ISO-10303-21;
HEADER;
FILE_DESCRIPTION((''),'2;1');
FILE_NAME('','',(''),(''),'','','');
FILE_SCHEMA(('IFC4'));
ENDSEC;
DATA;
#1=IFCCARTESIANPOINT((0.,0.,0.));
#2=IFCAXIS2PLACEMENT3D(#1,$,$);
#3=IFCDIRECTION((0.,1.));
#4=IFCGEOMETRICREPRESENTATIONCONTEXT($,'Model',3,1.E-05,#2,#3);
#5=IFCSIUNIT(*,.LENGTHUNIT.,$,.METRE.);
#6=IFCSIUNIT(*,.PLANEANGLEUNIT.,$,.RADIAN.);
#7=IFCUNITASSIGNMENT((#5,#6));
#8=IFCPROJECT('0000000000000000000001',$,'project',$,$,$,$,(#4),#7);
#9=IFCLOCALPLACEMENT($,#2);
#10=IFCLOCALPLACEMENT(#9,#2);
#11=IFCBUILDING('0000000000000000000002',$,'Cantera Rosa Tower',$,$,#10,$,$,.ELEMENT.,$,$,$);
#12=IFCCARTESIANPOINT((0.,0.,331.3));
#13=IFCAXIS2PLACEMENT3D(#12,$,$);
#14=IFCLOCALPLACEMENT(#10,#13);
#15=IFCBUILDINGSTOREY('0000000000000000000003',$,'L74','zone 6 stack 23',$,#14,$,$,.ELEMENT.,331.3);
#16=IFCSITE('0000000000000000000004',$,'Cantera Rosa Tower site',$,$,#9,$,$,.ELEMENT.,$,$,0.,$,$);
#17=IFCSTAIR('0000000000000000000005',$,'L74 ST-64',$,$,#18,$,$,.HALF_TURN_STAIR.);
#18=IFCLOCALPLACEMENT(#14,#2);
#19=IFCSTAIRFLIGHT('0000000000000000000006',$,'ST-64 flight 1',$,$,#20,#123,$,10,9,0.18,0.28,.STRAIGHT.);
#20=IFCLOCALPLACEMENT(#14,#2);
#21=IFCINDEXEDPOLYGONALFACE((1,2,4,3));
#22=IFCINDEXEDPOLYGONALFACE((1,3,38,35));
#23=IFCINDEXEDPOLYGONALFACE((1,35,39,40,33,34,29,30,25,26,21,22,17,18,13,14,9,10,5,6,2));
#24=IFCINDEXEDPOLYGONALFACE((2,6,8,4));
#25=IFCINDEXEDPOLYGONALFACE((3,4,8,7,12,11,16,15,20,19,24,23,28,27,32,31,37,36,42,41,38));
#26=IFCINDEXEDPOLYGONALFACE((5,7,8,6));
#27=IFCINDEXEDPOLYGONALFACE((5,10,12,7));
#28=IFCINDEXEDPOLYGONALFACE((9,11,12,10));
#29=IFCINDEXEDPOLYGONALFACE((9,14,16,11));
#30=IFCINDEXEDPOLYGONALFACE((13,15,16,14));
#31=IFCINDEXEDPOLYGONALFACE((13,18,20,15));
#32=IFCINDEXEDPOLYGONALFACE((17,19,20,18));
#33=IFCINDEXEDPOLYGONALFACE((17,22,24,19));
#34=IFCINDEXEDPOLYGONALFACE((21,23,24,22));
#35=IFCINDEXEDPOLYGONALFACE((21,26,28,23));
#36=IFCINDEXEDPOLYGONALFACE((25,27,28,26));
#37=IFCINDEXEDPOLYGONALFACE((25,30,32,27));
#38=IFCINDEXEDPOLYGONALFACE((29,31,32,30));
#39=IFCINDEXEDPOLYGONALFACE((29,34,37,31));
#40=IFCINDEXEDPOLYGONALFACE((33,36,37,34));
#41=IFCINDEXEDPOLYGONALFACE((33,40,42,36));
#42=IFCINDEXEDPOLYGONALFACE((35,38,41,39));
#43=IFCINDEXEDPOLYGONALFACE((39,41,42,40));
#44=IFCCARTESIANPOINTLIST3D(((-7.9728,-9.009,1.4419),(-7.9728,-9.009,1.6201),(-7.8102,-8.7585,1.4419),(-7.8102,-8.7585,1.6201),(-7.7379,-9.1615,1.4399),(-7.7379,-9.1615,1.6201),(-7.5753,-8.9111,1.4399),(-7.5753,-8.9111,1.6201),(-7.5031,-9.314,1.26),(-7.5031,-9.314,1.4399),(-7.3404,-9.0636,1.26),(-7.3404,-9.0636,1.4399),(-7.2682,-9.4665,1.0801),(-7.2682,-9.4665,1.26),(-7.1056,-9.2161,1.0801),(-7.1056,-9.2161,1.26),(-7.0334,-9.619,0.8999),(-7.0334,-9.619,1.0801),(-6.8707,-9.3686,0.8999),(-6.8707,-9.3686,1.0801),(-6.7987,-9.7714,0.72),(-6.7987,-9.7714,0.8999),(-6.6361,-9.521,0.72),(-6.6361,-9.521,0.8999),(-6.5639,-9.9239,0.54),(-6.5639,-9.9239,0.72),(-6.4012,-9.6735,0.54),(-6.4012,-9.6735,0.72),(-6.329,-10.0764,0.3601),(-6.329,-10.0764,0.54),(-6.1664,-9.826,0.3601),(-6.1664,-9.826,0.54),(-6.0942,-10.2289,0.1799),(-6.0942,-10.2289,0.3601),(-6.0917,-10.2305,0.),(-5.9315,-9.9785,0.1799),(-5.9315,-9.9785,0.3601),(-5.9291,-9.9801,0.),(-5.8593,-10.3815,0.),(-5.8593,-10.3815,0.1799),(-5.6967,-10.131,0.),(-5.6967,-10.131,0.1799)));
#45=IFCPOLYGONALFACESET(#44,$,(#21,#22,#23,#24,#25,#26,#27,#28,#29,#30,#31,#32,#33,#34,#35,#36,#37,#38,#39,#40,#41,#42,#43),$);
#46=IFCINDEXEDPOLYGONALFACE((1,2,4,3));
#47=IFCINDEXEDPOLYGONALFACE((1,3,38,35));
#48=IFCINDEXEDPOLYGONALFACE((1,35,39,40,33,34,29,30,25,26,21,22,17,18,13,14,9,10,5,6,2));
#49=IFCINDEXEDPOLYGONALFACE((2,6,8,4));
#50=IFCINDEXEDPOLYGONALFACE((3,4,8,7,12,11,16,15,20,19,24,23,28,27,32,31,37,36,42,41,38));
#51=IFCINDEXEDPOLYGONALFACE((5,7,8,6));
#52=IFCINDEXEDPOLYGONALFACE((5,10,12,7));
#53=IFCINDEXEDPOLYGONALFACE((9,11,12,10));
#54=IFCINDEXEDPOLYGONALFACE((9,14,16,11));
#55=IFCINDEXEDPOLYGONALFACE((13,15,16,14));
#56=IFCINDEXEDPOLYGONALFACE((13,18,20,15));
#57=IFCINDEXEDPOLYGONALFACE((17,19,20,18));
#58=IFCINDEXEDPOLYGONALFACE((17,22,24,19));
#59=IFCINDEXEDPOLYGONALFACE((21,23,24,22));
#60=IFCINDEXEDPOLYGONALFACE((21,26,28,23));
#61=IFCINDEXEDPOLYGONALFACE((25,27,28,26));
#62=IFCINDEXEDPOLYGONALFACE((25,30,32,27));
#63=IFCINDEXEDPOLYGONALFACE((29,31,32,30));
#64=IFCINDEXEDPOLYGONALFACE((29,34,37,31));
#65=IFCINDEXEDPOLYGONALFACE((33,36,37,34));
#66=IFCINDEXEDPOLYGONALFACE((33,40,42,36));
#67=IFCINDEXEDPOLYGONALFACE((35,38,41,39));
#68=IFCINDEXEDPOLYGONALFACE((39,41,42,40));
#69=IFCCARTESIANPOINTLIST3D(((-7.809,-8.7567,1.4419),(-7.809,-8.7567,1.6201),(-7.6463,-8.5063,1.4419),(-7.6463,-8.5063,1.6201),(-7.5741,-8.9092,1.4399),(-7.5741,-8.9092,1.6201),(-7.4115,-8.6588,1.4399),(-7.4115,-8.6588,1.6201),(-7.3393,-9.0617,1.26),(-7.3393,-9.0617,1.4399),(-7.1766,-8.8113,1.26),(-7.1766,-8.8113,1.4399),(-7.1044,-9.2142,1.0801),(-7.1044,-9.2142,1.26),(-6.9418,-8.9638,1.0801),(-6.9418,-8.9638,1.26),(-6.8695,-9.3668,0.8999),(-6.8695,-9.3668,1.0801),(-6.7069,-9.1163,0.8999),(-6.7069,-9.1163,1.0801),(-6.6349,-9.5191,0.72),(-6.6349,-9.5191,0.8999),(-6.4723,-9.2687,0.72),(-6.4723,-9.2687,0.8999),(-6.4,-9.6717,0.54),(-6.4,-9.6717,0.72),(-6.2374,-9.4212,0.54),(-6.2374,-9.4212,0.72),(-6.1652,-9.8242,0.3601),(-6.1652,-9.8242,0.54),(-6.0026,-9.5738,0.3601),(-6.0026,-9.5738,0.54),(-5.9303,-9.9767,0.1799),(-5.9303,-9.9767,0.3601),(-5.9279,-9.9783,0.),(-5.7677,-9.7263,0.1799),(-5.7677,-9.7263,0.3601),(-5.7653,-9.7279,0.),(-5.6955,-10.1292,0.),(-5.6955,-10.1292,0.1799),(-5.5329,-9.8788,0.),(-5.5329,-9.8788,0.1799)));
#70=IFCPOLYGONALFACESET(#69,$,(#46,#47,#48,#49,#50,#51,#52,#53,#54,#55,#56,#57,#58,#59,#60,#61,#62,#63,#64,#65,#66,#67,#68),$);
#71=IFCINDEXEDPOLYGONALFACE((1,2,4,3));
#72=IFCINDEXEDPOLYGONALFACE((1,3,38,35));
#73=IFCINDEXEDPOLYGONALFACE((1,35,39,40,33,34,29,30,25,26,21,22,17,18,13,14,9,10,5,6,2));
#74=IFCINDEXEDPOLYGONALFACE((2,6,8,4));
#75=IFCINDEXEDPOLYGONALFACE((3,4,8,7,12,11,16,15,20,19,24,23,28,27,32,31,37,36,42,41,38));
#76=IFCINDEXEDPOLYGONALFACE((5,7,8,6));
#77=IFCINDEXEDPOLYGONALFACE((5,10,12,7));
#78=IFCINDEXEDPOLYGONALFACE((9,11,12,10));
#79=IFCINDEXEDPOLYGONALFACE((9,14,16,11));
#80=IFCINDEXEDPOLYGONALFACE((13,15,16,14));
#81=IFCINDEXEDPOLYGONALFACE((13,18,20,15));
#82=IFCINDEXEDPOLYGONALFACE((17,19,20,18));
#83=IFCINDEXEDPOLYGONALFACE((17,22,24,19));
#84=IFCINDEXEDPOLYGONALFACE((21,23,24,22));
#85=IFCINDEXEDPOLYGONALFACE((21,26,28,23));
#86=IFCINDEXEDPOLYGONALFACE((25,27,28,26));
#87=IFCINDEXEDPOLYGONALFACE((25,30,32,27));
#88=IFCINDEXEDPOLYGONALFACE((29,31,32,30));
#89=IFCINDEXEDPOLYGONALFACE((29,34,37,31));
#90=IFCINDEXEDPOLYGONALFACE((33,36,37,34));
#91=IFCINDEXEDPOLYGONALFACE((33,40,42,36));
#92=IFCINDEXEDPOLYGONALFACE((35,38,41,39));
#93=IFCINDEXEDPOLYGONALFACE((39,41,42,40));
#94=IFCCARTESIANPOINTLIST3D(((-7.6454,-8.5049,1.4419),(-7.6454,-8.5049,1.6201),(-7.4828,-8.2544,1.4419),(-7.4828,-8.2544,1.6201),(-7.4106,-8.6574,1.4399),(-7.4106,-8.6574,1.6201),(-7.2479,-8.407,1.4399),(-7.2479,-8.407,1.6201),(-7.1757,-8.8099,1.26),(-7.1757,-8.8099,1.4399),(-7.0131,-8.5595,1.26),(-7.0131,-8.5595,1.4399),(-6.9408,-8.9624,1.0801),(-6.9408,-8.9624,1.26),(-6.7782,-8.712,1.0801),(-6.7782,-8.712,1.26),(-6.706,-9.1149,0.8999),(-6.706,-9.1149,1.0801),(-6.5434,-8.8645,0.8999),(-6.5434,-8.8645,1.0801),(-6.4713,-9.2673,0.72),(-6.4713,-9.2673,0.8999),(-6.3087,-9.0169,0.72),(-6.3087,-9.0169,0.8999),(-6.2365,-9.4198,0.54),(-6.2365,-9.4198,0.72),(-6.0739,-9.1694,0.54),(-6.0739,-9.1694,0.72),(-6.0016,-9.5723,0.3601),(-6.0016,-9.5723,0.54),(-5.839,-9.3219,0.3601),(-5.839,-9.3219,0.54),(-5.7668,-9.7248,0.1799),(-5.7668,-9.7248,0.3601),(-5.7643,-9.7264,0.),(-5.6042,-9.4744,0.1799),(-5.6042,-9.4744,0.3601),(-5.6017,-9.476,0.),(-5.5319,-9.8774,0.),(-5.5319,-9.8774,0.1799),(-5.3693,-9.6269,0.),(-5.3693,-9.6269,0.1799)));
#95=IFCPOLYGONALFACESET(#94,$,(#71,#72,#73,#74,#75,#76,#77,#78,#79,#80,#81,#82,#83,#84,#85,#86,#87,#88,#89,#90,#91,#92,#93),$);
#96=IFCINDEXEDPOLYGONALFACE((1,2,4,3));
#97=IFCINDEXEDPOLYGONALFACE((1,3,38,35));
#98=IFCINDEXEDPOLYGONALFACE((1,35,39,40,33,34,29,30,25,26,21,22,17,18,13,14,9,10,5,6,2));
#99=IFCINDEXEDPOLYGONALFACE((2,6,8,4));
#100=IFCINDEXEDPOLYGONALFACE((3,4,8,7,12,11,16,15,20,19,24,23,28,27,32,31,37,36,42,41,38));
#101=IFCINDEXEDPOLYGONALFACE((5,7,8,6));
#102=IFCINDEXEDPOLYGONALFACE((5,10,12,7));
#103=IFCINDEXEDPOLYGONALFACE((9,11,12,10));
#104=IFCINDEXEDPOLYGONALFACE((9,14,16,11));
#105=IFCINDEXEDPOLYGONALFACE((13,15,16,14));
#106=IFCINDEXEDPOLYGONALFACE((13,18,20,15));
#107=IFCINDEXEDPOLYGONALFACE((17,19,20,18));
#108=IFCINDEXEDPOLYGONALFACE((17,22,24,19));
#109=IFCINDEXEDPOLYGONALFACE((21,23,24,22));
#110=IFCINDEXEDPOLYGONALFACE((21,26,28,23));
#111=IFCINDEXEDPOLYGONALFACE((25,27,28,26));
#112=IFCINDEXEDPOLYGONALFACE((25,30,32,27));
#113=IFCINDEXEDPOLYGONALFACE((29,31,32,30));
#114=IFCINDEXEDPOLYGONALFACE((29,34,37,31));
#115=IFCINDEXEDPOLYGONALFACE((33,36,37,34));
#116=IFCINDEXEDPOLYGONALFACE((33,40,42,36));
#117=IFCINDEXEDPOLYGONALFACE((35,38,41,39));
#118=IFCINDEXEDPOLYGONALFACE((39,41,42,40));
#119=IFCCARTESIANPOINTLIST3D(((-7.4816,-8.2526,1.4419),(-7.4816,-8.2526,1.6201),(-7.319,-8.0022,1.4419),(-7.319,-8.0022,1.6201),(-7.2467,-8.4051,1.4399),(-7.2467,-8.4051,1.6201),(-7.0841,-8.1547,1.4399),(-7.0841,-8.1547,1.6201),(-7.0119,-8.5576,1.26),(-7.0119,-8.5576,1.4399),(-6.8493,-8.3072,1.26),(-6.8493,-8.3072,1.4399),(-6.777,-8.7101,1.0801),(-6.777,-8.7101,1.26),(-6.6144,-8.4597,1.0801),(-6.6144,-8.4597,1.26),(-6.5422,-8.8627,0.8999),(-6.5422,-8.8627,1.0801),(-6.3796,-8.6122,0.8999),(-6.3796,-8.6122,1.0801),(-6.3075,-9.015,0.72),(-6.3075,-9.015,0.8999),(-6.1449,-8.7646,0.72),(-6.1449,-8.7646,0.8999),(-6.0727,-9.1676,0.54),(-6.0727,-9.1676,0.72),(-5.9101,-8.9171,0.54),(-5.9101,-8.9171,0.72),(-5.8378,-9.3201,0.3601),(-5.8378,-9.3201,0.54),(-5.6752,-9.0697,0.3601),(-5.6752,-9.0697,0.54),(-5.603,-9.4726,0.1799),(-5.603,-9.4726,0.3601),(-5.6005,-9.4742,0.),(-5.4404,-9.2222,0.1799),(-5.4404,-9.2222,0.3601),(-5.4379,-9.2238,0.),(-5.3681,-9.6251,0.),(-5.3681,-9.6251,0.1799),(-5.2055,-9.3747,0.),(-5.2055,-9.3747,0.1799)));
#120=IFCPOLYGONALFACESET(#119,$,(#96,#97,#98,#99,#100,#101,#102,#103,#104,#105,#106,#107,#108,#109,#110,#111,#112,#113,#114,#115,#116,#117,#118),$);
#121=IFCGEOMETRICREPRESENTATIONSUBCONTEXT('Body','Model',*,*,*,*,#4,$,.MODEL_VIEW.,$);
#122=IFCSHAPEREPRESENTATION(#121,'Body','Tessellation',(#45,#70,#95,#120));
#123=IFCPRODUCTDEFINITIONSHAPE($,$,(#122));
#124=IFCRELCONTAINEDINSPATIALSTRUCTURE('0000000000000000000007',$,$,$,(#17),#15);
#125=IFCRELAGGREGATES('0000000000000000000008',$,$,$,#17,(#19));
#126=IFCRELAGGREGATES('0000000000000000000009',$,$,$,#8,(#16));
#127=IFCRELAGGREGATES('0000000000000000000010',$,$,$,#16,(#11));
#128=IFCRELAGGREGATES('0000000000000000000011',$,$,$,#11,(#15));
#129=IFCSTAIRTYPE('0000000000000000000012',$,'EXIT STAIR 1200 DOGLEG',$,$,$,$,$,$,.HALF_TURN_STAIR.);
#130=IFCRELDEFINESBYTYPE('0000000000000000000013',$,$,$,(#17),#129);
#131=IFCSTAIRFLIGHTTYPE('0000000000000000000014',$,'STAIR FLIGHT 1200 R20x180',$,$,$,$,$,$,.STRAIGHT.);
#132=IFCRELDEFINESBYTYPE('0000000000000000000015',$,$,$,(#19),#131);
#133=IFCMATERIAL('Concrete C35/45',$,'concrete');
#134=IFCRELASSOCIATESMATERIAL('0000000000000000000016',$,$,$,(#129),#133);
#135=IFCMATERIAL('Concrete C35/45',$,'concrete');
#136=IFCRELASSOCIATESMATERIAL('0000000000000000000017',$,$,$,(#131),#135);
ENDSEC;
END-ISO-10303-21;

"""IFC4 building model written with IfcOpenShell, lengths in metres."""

from ifc_helpers import new_model, si_unit, direction, frame, origin, place, context, subcontext, project, spatial, polyline, outline, extrude, material, type_object, element, aggregate, save


model = new_model("IFC4")

# Units and contexts
model_context = context("Model", 3, precision=1e-05, world=origin(), true_north=direction((0.0, 1.0)))
body_context = subcontext(model_context, "Body", "Model", "MODEL_VIEW")
ifc_project = project(units=[si_unit("LENGTHUNIT", "METRE"), si_unit("PLANEANGLEUNIT", "RADIAN")], contexts=[model_context])

# Site, building, storey
site_placement = place(None, origin())
site = spatial("IfcSite", under=ifc_project, at=site_placement, Name="Cantera Rosa Tower site", CompositionType="ELEMENT", RefElevation=0.0)
building_placement = place(site_placement, origin())
building = spatial("IfcBuilding", under=site, at=building_placement, Name="Cantera Rosa Tower", CompositionType="ELEMENT")
storey_placement = place(building_placement, frame((0.0, 0.0, 331.3)))
storey = spatial("IfcBuildingStorey", under=building, at=storey_placement, Name="L74", Description="zone 6 stack 23", CompositionType="ELEMENT", Elevation=331.3)

# Stair, stair flight
ifc_material_1 = material(Name="Concrete C35/45", Category="concrete")
stair_type = type_object("IfcStairType", Name="EXIT STAIR 1200 DOGLEG", PredefinedType="HALF_TURN_STAIR", material=ifc_material_1)
stair_placement = place(storey_placement, origin())
stair = element("IfcStair", 1, at=stair_placement, inside=storey, type_object=stair_type, Name="L74 ST-64", PredefinedType="HALF_TURN_STAIR")
ifc_material_2 = material(Name="Concrete C35/45", Category="concrete")
stair_flight_type = type_object("IfcStairFlightType", Name="STAIR FLIGHT 1200 R20x180", PredefinedType="STRAIGHT", material=ifc_material_2)
stair_flight_1_placement = place(storey_placement, frame((-5.5325, -9.8782, 0.0), z_axis=(0.0, 0.0, 1.0), x_axis=(-0.838671, 0.544639, 0.0)))
stair_flight_1 = element("IfcStairFlight", 2, at=stair_flight_1_placement, type_object=stair_flight_type, Name="ST-64 flight 1", NumberOfRisers=10, NumberOfTreads=9, PredefinedType="STRAIGHT", RiserHeight=0.18, TreadLength=0.28, context=body_context, shape_type="SweptSolid", body=[
    extrude(outline(polyline([(0.0, 0.0), (0.0, 0.1799), (0.28, 0.1799), (0.28, 0.3601), (0.5601, 0.3601), (0.5601, 0.54), (0.8401, 0.54), (0.8401, 0.72), (1.1201, 0.72), (1.1201, 0.8999), (1.3999, 0.8999), (1.3999, 1.0801), (1.6799, 1.0801), (1.6799, 1.26), (1.96, 1.26), (1.96, 1.4399), (2.24, 1.4399), (2.24, 1.6201), (2.52, 1.6201), (2.52, 1.8), (2.52, 1.4419), (0.2771, 0.0), (0.0, 0.0)])), frame((0.0, 0.6001, 0.0), z_axis=(0.0, -1.0, 0.0), x_axis=(1.0, 0.0, 0.0)), (0.0, 0.0, 1.0), 0.2986),
    extrude(outline(polyline([(0.0, 0.0), (0.0, 0.1799), (0.28, 0.1799), (0.28, 0.3601), (0.5601, 0.3601), (0.5601, 0.54), (0.8401, 0.54), (0.8401, 0.72), (1.1201, 0.72), (1.1201, 0.8999), (1.3999, 0.8999), (1.3999, 1.0801), (1.6799, 1.0801), (1.6799, 1.26), (1.96, 1.26), (1.96, 1.4399), (2.24, 1.4399), (2.24, 1.6201), (2.52, 1.6201), (2.52, 1.8), (2.52, 1.4419), (0.2771, 0.0), (0.0, 0.0)])), frame((0.0, 0.2993, 0.0), z_axis=(0.0, -1.0, 0.0), x_axis=(1.0, 0.0, 0.0)), (0.0, 0.0, 1.0), 0.2986),
    extrude(outline(polyline([(0.0, 0.0), (0.0, 0.1799), (0.28, 0.1799), (0.28, 0.3601), (0.5601, 0.3601), (0.5601, 0.54), (0.8401, 0.54), (0.8401, 0.72), (1.1201, 0.72), (1.1201, 0.8999), (1.3999, 0.8999), (1.3999, 1.0801), (1.6799, 1.0801), (1.6799, 1.26), (1.96, 1.26), (1.96, 1.4399), (2.24, 1.4399), (2.24, 1.6201), (2.52, 1.6201), (2.52, 1.8), (2.52, 1.4419), (0.2771, 0.0), (0.0, 0.0)])), frame((0.0, -0.001, 0.0), z_axis=(0.0, -1.0, 0.0), x_axis=(1.0, 0.0, 0.0)), (0.0, 0.0, 1.0), 0.2986),
    extrude(outline(polyline([(0.0, 0.0), (0.0, 0.1799), (0.28, 0.1799), (0.28, 0.3601), (0.5601, 0.3601), (0.5601, 0.54), (0.8401, 0.54), (0.8401, 0.72), (1.1201, 0.72), (1.1201, 0.8999), (1.3999, 0.8999), (1.3999, 1.0801), (1.6799, 1.0801), (1.6799, 1.26), (1.96, 1.26), (1.96, 1.4399), (2.24, 1.4399), (2.24, 1.6201), (2.52, 1.6201), (2.52, 1.8), (2.52, 1.4419), (0.2771, 0.0), (0.0, 0.0)])), frame((0.0, -0.3018, 0.0), z_axis=(0.0, -1.0, 0.0), x_axis=(1.0, 0.0, 0.0)), (0.0, 0.0, 1.0), 0.2986),
])
aggregate(stair, [stair_flight_1])

save(model, "model.ifc")
